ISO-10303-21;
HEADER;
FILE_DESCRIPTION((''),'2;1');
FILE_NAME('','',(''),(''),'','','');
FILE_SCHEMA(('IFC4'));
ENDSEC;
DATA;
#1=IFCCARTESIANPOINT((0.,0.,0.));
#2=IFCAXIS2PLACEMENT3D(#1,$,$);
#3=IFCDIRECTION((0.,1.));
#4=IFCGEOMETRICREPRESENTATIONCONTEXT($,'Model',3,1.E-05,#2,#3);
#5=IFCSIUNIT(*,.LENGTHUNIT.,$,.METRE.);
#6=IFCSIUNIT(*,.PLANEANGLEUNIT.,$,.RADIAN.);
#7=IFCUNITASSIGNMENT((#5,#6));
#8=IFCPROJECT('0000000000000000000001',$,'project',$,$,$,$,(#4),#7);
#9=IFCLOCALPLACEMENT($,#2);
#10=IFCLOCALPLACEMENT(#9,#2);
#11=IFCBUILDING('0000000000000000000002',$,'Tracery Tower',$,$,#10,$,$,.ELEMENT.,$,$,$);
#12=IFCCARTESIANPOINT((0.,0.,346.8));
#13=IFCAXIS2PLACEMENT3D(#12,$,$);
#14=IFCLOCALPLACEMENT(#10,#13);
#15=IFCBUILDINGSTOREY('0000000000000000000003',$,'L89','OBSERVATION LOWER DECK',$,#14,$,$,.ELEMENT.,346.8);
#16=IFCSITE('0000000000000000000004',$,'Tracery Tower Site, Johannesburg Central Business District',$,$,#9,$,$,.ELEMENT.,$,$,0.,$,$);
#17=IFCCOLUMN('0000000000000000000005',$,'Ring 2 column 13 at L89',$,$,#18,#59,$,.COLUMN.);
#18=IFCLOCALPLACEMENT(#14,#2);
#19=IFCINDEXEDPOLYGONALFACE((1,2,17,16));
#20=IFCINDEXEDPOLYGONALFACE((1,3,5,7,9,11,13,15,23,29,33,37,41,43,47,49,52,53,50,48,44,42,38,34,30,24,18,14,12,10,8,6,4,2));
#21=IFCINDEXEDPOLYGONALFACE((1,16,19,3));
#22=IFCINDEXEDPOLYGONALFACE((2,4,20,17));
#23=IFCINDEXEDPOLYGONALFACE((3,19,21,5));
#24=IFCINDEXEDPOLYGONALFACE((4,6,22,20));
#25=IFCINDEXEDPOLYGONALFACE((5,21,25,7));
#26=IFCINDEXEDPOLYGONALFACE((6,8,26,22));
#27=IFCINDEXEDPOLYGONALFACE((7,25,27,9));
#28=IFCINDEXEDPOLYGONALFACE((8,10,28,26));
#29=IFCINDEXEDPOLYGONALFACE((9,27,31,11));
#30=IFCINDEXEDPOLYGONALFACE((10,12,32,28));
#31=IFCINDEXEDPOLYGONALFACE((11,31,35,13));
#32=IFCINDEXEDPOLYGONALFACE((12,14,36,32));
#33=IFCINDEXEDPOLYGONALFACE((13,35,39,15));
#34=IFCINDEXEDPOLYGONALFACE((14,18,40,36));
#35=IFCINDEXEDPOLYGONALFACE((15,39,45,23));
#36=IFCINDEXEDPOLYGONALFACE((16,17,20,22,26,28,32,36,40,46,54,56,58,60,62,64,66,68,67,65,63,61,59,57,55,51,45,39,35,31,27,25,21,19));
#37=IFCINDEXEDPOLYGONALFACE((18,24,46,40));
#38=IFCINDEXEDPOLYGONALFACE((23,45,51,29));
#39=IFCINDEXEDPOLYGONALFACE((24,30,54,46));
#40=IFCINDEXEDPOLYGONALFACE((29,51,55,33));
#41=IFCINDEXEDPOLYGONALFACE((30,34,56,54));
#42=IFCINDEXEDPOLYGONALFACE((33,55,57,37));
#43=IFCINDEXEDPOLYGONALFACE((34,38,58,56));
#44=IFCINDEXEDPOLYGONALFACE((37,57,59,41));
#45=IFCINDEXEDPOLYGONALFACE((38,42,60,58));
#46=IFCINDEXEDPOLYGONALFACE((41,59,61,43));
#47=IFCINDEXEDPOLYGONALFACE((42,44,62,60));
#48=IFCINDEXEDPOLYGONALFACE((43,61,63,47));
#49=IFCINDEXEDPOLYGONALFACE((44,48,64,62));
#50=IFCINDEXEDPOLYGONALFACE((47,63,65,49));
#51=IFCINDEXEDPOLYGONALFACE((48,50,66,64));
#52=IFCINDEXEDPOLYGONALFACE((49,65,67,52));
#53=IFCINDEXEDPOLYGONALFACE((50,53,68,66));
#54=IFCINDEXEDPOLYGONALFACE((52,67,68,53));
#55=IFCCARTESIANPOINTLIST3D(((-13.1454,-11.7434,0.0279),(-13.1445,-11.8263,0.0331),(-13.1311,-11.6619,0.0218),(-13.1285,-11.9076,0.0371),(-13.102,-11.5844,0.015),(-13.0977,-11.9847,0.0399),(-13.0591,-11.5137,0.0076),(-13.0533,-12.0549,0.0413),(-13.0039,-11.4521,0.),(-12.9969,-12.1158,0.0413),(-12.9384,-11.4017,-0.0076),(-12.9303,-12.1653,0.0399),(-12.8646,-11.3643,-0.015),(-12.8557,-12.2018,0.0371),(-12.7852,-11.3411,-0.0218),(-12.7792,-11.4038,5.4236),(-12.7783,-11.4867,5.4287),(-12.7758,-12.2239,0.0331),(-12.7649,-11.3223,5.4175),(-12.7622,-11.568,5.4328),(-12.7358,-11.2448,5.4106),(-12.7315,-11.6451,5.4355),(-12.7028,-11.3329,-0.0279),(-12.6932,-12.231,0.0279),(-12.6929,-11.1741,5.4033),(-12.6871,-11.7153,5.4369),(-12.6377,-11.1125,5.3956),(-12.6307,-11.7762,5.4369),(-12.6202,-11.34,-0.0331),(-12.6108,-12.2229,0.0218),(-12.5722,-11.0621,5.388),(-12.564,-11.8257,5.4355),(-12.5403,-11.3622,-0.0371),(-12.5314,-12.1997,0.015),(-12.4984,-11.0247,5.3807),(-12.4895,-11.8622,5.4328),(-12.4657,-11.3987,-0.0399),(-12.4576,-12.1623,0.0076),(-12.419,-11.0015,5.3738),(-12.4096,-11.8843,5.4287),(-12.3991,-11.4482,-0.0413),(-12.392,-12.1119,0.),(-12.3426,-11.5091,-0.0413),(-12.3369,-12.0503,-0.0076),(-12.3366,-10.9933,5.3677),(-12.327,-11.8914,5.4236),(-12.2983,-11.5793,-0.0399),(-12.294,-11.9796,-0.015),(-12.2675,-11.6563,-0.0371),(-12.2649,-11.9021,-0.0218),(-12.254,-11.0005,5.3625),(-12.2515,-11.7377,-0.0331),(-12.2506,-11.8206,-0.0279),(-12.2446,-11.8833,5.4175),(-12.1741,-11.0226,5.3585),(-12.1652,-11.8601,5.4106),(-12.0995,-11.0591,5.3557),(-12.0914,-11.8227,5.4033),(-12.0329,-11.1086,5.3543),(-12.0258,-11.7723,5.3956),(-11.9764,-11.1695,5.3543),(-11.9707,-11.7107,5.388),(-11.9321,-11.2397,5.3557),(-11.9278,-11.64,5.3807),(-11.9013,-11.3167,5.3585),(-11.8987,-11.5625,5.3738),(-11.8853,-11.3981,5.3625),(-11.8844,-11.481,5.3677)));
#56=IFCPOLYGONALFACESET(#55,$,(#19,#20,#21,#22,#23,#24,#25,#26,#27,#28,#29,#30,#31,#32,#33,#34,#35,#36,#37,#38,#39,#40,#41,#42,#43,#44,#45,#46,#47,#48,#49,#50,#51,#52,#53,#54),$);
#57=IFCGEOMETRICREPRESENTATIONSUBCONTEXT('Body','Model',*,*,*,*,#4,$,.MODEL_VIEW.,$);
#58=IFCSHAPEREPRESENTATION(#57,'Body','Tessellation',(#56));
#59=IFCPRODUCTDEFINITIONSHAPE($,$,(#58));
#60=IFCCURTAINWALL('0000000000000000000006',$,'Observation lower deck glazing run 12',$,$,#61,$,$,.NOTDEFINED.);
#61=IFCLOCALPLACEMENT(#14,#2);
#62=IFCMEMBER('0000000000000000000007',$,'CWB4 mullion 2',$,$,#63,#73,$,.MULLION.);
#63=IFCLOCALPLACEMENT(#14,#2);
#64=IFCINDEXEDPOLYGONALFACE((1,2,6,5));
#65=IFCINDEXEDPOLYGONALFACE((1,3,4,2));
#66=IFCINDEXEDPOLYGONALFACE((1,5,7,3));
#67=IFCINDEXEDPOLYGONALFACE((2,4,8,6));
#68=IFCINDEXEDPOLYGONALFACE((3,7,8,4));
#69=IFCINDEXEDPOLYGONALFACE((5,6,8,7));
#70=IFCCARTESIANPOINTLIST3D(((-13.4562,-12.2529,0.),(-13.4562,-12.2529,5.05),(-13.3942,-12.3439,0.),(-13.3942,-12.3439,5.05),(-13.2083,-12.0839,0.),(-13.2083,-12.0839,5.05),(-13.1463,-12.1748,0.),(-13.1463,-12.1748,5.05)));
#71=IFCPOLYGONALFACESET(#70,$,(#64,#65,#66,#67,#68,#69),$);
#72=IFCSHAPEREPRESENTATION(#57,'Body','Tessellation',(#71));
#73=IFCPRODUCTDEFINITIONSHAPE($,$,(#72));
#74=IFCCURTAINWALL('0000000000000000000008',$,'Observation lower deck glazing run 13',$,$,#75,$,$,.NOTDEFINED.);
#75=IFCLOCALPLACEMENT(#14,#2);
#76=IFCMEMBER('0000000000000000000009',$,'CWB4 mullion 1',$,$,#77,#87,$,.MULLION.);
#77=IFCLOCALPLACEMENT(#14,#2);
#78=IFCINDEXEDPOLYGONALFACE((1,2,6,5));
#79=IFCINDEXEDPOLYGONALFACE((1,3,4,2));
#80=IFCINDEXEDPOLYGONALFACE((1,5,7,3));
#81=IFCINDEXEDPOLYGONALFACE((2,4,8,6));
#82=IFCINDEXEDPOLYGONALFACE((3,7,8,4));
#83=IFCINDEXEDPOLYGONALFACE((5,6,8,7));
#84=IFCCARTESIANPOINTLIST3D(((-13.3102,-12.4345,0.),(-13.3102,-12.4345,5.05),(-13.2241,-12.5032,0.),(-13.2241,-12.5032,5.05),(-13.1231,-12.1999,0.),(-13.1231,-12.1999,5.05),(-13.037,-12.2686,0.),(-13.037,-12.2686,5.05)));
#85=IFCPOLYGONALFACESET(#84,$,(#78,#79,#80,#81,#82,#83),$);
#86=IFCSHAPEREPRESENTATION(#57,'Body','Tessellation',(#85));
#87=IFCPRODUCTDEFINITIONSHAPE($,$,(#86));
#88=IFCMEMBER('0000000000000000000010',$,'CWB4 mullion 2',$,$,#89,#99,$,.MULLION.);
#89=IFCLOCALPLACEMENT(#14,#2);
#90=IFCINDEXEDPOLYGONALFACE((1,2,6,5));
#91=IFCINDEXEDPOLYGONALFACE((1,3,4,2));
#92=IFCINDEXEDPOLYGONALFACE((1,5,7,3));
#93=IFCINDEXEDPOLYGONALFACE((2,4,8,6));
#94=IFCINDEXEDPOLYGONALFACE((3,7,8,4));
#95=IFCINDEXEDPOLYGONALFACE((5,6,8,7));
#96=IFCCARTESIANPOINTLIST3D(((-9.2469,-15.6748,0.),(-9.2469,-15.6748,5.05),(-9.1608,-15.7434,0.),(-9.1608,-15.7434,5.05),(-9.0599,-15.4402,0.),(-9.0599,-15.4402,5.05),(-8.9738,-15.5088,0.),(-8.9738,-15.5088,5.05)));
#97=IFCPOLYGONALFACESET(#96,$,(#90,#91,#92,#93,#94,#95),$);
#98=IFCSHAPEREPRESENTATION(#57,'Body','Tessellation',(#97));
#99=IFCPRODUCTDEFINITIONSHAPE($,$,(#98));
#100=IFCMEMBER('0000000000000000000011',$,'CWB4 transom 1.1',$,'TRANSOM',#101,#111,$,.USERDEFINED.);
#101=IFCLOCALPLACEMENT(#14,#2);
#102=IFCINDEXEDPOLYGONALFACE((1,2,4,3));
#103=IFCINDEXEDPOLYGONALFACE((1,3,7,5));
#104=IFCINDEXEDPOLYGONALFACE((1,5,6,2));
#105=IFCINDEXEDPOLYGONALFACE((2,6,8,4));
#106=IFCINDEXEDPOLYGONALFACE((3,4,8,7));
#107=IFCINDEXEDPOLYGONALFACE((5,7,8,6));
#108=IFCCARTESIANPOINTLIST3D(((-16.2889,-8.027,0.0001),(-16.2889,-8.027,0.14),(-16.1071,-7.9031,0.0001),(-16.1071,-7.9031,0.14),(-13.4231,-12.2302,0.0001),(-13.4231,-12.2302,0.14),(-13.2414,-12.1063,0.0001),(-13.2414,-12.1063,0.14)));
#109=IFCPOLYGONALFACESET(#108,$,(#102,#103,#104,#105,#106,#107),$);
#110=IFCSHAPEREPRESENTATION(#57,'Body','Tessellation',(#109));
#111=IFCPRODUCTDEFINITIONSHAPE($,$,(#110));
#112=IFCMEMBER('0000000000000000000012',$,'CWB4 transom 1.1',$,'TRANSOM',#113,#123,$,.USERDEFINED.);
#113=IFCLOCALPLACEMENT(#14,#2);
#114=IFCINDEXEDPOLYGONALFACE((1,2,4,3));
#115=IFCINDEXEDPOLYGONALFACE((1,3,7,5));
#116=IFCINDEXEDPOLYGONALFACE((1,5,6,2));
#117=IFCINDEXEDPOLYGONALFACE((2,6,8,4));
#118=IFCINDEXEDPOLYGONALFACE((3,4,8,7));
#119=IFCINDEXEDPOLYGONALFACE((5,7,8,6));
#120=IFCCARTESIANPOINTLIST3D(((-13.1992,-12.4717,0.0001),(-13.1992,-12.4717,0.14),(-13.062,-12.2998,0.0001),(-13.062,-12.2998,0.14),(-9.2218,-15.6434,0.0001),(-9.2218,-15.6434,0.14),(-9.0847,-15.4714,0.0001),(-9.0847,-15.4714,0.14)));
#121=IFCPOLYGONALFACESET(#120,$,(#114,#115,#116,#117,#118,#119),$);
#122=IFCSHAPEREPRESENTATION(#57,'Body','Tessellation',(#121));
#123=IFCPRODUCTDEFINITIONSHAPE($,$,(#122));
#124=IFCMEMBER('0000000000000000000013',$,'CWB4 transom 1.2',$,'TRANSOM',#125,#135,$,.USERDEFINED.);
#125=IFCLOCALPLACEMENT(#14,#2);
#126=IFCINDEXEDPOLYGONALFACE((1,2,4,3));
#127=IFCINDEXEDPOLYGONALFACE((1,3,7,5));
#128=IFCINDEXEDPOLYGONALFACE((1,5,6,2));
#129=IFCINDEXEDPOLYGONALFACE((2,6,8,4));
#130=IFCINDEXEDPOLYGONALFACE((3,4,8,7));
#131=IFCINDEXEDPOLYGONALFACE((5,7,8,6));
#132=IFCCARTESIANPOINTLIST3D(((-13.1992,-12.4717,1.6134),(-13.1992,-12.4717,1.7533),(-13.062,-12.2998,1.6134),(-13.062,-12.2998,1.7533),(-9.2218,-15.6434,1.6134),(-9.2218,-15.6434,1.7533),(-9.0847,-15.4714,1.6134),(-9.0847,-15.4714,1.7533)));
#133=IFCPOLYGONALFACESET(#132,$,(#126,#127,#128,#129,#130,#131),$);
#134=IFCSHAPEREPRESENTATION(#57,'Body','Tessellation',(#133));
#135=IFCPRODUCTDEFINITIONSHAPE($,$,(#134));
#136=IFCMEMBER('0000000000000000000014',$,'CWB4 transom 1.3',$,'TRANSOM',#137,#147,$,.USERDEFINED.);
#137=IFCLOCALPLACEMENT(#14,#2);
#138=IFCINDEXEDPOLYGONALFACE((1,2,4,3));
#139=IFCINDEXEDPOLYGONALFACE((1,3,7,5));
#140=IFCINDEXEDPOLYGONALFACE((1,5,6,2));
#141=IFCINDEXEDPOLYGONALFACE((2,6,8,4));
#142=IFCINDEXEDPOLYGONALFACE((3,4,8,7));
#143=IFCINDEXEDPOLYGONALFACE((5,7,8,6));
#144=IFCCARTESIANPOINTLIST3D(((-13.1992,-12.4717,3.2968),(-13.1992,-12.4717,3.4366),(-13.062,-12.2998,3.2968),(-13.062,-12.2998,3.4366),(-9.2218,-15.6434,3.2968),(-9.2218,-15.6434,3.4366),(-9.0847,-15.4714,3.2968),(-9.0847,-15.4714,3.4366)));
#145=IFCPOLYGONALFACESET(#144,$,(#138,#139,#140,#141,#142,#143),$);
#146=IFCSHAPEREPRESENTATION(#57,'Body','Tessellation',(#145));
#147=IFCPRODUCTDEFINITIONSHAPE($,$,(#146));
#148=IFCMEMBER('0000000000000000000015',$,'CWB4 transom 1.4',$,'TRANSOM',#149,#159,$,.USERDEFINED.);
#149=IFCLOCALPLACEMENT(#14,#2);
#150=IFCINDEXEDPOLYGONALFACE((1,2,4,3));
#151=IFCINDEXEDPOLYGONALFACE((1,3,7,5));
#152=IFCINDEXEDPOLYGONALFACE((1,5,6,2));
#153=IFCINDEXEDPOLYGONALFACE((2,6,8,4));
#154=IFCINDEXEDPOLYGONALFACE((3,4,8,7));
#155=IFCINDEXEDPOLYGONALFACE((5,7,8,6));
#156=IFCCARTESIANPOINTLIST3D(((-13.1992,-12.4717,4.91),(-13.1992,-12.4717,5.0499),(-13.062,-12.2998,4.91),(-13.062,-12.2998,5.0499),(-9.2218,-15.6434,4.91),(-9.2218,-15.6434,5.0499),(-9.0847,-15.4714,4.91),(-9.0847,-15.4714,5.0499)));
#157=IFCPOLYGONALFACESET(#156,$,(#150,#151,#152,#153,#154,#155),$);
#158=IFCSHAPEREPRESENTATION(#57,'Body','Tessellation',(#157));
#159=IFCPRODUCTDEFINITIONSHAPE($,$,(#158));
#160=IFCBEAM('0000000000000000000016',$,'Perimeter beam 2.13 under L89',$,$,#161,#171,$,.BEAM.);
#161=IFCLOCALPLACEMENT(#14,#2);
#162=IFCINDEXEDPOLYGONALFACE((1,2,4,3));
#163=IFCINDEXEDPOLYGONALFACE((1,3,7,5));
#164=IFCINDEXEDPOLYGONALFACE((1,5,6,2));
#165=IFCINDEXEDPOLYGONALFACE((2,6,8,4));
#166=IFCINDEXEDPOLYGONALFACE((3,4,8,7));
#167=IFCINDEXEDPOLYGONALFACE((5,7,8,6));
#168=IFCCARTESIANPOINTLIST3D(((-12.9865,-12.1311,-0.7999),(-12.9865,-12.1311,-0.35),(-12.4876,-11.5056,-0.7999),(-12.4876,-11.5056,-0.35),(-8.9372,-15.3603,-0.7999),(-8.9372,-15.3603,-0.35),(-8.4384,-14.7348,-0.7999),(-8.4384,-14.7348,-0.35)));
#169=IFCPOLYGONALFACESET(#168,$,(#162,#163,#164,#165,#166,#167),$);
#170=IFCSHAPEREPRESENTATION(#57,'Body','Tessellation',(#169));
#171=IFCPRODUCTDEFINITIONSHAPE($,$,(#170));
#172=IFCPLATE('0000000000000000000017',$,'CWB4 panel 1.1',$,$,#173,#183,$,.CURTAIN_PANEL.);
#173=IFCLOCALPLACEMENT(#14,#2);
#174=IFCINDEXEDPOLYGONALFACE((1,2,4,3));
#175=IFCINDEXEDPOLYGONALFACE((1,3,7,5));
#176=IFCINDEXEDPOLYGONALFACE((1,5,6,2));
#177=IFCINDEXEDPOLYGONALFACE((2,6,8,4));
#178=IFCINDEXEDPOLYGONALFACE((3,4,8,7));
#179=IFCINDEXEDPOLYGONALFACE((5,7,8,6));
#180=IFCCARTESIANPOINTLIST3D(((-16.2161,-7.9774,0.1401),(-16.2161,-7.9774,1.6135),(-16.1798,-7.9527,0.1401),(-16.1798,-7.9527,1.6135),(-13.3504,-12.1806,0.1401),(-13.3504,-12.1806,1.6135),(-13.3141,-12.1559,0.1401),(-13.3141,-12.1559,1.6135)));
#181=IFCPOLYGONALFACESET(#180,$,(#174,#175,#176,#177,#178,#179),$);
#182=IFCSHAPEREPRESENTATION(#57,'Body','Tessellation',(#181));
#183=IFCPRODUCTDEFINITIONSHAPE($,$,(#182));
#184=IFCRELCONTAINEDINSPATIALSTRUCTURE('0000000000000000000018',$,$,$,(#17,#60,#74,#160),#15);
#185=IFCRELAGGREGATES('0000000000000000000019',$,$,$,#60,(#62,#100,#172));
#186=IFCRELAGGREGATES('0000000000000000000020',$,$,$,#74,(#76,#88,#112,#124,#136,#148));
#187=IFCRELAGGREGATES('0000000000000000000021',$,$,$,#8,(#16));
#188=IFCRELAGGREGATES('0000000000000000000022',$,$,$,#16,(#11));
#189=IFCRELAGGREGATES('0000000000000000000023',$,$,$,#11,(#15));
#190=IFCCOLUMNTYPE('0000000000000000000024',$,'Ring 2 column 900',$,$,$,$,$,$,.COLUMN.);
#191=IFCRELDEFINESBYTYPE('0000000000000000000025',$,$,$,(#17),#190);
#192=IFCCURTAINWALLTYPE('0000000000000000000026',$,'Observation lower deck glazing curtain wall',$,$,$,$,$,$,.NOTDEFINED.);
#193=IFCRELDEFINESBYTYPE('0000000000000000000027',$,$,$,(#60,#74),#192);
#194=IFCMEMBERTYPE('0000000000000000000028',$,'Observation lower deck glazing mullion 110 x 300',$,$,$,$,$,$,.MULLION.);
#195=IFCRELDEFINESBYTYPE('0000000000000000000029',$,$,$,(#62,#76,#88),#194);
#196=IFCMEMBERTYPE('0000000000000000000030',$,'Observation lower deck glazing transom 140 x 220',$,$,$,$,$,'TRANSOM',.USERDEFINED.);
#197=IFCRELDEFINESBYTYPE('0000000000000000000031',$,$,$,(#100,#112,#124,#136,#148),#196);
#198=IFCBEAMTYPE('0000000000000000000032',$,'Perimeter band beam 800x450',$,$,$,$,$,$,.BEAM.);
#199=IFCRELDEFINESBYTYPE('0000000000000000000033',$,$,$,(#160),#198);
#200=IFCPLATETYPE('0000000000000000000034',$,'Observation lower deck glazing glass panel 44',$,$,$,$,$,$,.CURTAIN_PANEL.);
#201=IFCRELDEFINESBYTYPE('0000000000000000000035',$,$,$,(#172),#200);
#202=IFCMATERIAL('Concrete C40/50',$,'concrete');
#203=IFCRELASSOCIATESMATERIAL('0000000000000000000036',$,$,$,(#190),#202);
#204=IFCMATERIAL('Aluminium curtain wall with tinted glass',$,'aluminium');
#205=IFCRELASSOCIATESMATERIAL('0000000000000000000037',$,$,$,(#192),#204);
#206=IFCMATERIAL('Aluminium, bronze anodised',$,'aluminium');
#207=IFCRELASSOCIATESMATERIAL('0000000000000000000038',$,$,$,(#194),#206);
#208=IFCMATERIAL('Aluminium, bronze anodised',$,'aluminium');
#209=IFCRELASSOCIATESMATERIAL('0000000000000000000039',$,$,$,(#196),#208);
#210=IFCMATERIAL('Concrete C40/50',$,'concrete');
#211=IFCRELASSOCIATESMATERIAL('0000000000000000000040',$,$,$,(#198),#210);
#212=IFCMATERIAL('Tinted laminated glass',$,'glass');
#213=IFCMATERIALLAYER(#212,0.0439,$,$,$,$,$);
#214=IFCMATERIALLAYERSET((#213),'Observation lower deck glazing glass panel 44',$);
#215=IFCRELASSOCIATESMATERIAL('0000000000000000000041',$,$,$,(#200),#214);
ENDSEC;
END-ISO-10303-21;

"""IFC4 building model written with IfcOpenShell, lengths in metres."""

from ifc_helpers import new_model, si_unit, direction, frame, origin, origin_2d, place, context, subcontext, project, spatial, rectangle, circle, extrude, material, layer, layer_set, material_profile, profile_set, type_object, element, aggregate, save


model = new_model("IFC4")

# Units and contexts
model_context = context("Model", 3, precision=1e-05, world=origin(), true_north=direction((0.0, 1.0)))
body_context = subcontext(model_context, "Body", "Model", "MODEL_VIEW")
ifc_project = project(units=[si_unit("LENGTHUNIT", "METRE"), si_unit("PLANEANGLEUNIT", "RADIAN")], contexts=[model_context])

# Site, building, storey
site_placement = place(None, origin())
site = spatial("IfcSite", under=ifc_project, at=site_placement, Name="Tracery Tower Site, Johannesburg Central Business District", CompositionType="ELEMENT", RefElevation=0.0)
building_placement = place(site_placement, origin())
building = spatial("IfcBuilding", under=site, at=building_placement, Name="Tracery Tower", CompositionType="ELEMENT")
storey_placement = place(building_placement, frame((0.0, 0.0, 346.8)))
storey = spatial("IfcBuildingStorey", under=building, at=storey_placement, Name="L89", Description="OBSERVATION LOWER DECK", CompositionType="ELEMENT", Elevation=346.8)

# Column
ifc_material_1 = material(Name="Concrete C40/50", Category="concrete")
ifc_material_profile_1 = material_profile(ifc_material_1, circle(Radius=0.45, at=origin_2d()), Name="RC D900")
ifc_profile_set_1 = profile_set([ifc_material_profile_1], Name="Concrete C40/50")
column_type = type_object("IfcColumnType", Name="Ring 2 column 900", PredefinedType="COLUMN", material=ifc_profile_set_1)
column_placement = place(storey_placement, frame((-12.698, -11.782, 0.0), z_axis=(0.067581, 0.06267, 0.995744), x_axis=(-0.679963, 0.733246, 0.0)))
element("IfcColumn", 1, at=column_placement, inside=storey, type_object=column_type, Name="Ring 2 column 13 at L89", PredefinedType="COLUMN", context=body_context, shape_type="SweptSolid", body=[
    extrude(circle(Radius=0.45, at=origin_2d()), origin(), (0.0, 0.0, 1.0), 5.4187),
])

# Curtain wall, member
ifc_material_2 = material(Name="Aluminium curtain wall with tinted glass", Category="aluminium")
curtain_wall_type = type_object("IfcCurtainWallType", Name="Observation lower deck glazing curtain wall", PredefinedType="NOTDEFINED", material=ifc_material_2)
curtain_wall_1_placement = place(storey_placement, origin())
curtain_wall_1 = element("IfcCurtainWall", 2, at=curtain_wall_1_placement, inside=storey, type_object=curtain_wall_type, Name="Observation lower deck glazing run 12", PredefinedType="NOTDEFINED")
ifc_material_3 = material(Name="Aluminium, bronze anodised", Category="aluminium")
ifc_material_profile_2 = material_profile(ifc_material_3, rectangle(XDim=0.3, YDim=0.1101, at=origin_2d()), Name="Observation lower deck glazing mullion 110 x 300")
ifc_profile_set_2 = profile_set([ifc_material_profile_2], Name="Aluminium, bronze anodised")
member_type_1 = type_object("IfcMemberType", Name="Observation lower deck glazing mullion 110 x 300", PredefinedType="MULLION", material=ifc_profile_set_2)
member_1_placement = place(storey_placement, frame((-13.3013, -12.2139, 0.0), z_axis=(0.0, 0.0, 1.0), x_axis=(0.826237, 0.563323, 0.0)))
member_1 = element("IfcMember", 3, at=member_1_placement, type_object=member_type_1, Name="CWB4 mullion 2", PredefinedType="MULLION", context=body_context, shape_type="SweptSolid", body=[
    extrude(rectangle(XDim=0.3, YDim=0.1101, at=origin_2d()), origin(), (0.0, 0.0, 1.0), 5.05),
])

# Curtain wall, members
curtain_wall_2_placement = place(storey_placement, origin())
curtain_wall_2 = element("IfcCurtainWall", 4, at=curtain_wall_2_placement, inside=storey, type_object=curtain_wall_type, Name="Observation lower deck glazing run 13", PredefinedType="NOTDEFINED")
member_2_placement = place(storey_placement, frame((-13.1736, -12.3516, 0.0), z_axis=(0.0, 0.0, 1.0), x_axis=(0.623481, 0.781839, 0.0)))
member_2 = element("IfcMember", 5, at=member_2_placement, type_object=member_type_1, Name="CWB4 mullion 1", PredefinedType="MULLION", context=body_context, shape_type="SweptSolid", body=[
    extrude(rectangle(XDim=0.3, YDim=0.1101, at=origin_2d()), origin(), (0.0, 0.0, 1.0), 5.05),
])
member_3_placement = place(storey_placement, frame((-9.1104, -15.5918, 0.0), z_axis=(0.0, 0.0, 1.0), x_axis=(0.623481, 0.781839, 0.0)))
member_3 = element("IfcMember", 6, at=member_3_placement, type_object=member_type_1, Name="CWB4 mullion 2", PredefinedType="MULLION", context=body_context, shape_type="SweptSolid", body=[
    extrude(rectangle(XDim=0.3, YDim=0.1101, at=origin_2d()), origin(), (0.0, 0.0, 1.0), 5.05),
])

# Members
ifc_material_4 = material(Name="Aluminium, bronze anodised", Category="aluminium")
ifc_material_profile_3 = material_profile(ifc_material_4, rectangle(XDim=0.22, YDim=0.1399, at=origin_2d()), Name="Observation lower deck glazing transom 140 x 220")
ifc_profile_set_3 = profile_set([ifc_material_profile_3], Name="Aluminium, bronze anodised")
member_type_2 = type_object("IfcMemberType", Name="Observation lower deck glazing transom 140 x 220", ElementType="TRANSOM", PredefinedType="USERDEFINED", material=ifc_profile_set_3)
member_4_placement = place(storey_placement, frame((-16.198, -7.9651, 0.0701), z_axis=(0.563331, -0.826231, 0.0), x_axis=(0.826231, 0.563331, 0.0)))
member_4 = element("IfcMember", 7, at=member_4_placement, type_object=member_type_2, Name="CWB4 transom 1.1", ObjectType="TRANSOM", PredefinedType="USERDEFINED", context=body_context, shape_type="SweptSolid", body=[
    extrude(rectangle(XDim=0.22, YDim=0.1399, at=origin_2d()), origin(), (0.0, 0.0, 1.0), 5.0872),
])
member_5_placement = place(storey_placement, frame((-13.1306, -12.3857, 0.0701), z_axis=(0.781846, -0.623471, 0.0), x_axis=(0.623471, 0.781846, 0.0)))
member_5 = element("IfcMember", 8, at=member_5_placement, type_object=member_type_2, Name="CWB4 transom 1.1", ObjectType="TRANSOM", PredefinedType="USERDEFINED", context=body_context, shape_type="SweptSolid", body=[
    extrude(rectangle(XDim=0.22, YDim=0.1399, at=origin_2d()), origin(), (0.0, 0.0, 1.0), 5.0872),
])
member_6_placement = place(storey_placement, frame((-13.1306, -12.3857, 1.6833), z_axis=(0.781846, -0.623471, 0.0), x_axis=(0.623471, 0.781846, 0.0)))
member_6 = element("IfcMember", 9, at=member_6_placement, type_object=member_type_2, Name="CWB4 transom 1.2", ObjectType="TRANSOM", PredefinedType="USERDEFINED", context=body_context, shape_type="SweptSolid", body=[
    extrude(rectangle(XDim=0.22, YDim=0.1399, at=origin_2d()), origin(), (0.0, 0.0, 1.0), 5.0872),
])
member_7_placement = place(storey_placement, frame((-13.1306, -12.3857, 3.3667), z_axis=(0.781846, -0.623471, 0.0), x_axis=(0.623471, 0.781846, 0.0)))
member_7 = element("IfcMember", 10, at=member_7_placement, type_object=member_type_2, Name="CWB4 transom 1.3", ObjectType="TRANSOM", PredefinedType="USERDEFINED", context=body_context, shape_type="SweptSolid", body=[
    extrude(rectangle(XDim=0.22, YDim=0.1399, at=origin_2d()), origin(), (0.0, 0.0, 1.0), 5.0872),
])
member_8_placement = place(storey_placement, frame((-13.1306, -12.3857, 4.98), z_axis=(0.781846, -0.623471, 0.0), x_axis=(0.623471, 0.781846, 0.0)))
member_8 = element("IfcMember", 11, at=member_8_placement, type_object=member_type_2, Name="CWB4 transom 1.4", ObjectType="TRANSOM", PredefinedType="USERDEFINED", context=body_context, shape_type="SweptSolid", body=[
    extrude(rectangle(XDim=0.22, YDim=0.1399, at=origin_2d()), origin(), (0.0, 0.0, 1.0), 5.0872),
])

# Beam
ifc_material_5 = material(Name="Concrete C40/50", Category="concrete")
ifc_material_profile_4 = material_profile(ifc_material_5, rectangle(XDim=0.8, YDim=0.45, at=origin_2d()), Name="RC 800x450")
ifc_profile_set_4 = profile_set([ifc_material_profile_4], Name="Concrete C40/50")
beam_type = type_object("IfcBeamType", Name="Perimeter band beam 800x450", PredefinedType="BEAM", material=ifc_profile_set_4)
beam_placement = place(storey_placement, frame((-12.7371, -11.8184, -0.575), z_axis=(0.781829, -0.623493, 0.0), x_axis=(0.623493, 0.781829, 0.0)))
element("IfcBeam", 12, at=beam_placement, inside=storey, type_object=beam_type, Name="Perimeter beam 2.13 under L89", PredefinedType="BEAM", context=body_context, shape_type="SweptSolid", body=[
    extrude(rectangle(XDim=0.8, YDim=0.45, at=origin_2d()), origin(), (0.0, 0.0, 1.0), 5.1792),
])

# Plate
ifc_material_6 = material(Name="Tinted laminated glass", Category="glass")
ifc_layer_1 = layer(ifc_material_6, 0.0439)
ifc_layer_set_1 = layer_set([ifc_layer_1], Name="Observation lower deck glazing glass panel 44")
plate_type = type_object("IfcPlateType", Name="Observation lower deck glazing glass panel 44", PredefinedType="CURTAIN_PANEL", material=ifc_layer_set_1)
plate_1_placement = place(storey_placement, frame((-14.7651, -10.0667, 0.1401), z_axis=(0.0, 0.0, 1.0), x_axis=(0.563323, -0.826237, 0.0)))
plate_1 = element("IfcPlate", 13, at=plate_1_placement, type_object=plate_type, Name="CWB4 panel 1.1", PredefinedType="CURTAIN_PANEL", context=body_context, shape_type="SweptSolid", body=[
    extrude(rectangle(XDim=5.0872, YDim=0.0439, at=origin_2d()), origin(), (0.0, 0.0, 1.0), 1.4734),
])
aggregate(curtain_wall_1, [member_1, member_4, plate_1])
aggregate(curtain_wall_2, [member_2, member_3, member_5, member_6, member_7, member_8])

save(model, "model.ifc")
